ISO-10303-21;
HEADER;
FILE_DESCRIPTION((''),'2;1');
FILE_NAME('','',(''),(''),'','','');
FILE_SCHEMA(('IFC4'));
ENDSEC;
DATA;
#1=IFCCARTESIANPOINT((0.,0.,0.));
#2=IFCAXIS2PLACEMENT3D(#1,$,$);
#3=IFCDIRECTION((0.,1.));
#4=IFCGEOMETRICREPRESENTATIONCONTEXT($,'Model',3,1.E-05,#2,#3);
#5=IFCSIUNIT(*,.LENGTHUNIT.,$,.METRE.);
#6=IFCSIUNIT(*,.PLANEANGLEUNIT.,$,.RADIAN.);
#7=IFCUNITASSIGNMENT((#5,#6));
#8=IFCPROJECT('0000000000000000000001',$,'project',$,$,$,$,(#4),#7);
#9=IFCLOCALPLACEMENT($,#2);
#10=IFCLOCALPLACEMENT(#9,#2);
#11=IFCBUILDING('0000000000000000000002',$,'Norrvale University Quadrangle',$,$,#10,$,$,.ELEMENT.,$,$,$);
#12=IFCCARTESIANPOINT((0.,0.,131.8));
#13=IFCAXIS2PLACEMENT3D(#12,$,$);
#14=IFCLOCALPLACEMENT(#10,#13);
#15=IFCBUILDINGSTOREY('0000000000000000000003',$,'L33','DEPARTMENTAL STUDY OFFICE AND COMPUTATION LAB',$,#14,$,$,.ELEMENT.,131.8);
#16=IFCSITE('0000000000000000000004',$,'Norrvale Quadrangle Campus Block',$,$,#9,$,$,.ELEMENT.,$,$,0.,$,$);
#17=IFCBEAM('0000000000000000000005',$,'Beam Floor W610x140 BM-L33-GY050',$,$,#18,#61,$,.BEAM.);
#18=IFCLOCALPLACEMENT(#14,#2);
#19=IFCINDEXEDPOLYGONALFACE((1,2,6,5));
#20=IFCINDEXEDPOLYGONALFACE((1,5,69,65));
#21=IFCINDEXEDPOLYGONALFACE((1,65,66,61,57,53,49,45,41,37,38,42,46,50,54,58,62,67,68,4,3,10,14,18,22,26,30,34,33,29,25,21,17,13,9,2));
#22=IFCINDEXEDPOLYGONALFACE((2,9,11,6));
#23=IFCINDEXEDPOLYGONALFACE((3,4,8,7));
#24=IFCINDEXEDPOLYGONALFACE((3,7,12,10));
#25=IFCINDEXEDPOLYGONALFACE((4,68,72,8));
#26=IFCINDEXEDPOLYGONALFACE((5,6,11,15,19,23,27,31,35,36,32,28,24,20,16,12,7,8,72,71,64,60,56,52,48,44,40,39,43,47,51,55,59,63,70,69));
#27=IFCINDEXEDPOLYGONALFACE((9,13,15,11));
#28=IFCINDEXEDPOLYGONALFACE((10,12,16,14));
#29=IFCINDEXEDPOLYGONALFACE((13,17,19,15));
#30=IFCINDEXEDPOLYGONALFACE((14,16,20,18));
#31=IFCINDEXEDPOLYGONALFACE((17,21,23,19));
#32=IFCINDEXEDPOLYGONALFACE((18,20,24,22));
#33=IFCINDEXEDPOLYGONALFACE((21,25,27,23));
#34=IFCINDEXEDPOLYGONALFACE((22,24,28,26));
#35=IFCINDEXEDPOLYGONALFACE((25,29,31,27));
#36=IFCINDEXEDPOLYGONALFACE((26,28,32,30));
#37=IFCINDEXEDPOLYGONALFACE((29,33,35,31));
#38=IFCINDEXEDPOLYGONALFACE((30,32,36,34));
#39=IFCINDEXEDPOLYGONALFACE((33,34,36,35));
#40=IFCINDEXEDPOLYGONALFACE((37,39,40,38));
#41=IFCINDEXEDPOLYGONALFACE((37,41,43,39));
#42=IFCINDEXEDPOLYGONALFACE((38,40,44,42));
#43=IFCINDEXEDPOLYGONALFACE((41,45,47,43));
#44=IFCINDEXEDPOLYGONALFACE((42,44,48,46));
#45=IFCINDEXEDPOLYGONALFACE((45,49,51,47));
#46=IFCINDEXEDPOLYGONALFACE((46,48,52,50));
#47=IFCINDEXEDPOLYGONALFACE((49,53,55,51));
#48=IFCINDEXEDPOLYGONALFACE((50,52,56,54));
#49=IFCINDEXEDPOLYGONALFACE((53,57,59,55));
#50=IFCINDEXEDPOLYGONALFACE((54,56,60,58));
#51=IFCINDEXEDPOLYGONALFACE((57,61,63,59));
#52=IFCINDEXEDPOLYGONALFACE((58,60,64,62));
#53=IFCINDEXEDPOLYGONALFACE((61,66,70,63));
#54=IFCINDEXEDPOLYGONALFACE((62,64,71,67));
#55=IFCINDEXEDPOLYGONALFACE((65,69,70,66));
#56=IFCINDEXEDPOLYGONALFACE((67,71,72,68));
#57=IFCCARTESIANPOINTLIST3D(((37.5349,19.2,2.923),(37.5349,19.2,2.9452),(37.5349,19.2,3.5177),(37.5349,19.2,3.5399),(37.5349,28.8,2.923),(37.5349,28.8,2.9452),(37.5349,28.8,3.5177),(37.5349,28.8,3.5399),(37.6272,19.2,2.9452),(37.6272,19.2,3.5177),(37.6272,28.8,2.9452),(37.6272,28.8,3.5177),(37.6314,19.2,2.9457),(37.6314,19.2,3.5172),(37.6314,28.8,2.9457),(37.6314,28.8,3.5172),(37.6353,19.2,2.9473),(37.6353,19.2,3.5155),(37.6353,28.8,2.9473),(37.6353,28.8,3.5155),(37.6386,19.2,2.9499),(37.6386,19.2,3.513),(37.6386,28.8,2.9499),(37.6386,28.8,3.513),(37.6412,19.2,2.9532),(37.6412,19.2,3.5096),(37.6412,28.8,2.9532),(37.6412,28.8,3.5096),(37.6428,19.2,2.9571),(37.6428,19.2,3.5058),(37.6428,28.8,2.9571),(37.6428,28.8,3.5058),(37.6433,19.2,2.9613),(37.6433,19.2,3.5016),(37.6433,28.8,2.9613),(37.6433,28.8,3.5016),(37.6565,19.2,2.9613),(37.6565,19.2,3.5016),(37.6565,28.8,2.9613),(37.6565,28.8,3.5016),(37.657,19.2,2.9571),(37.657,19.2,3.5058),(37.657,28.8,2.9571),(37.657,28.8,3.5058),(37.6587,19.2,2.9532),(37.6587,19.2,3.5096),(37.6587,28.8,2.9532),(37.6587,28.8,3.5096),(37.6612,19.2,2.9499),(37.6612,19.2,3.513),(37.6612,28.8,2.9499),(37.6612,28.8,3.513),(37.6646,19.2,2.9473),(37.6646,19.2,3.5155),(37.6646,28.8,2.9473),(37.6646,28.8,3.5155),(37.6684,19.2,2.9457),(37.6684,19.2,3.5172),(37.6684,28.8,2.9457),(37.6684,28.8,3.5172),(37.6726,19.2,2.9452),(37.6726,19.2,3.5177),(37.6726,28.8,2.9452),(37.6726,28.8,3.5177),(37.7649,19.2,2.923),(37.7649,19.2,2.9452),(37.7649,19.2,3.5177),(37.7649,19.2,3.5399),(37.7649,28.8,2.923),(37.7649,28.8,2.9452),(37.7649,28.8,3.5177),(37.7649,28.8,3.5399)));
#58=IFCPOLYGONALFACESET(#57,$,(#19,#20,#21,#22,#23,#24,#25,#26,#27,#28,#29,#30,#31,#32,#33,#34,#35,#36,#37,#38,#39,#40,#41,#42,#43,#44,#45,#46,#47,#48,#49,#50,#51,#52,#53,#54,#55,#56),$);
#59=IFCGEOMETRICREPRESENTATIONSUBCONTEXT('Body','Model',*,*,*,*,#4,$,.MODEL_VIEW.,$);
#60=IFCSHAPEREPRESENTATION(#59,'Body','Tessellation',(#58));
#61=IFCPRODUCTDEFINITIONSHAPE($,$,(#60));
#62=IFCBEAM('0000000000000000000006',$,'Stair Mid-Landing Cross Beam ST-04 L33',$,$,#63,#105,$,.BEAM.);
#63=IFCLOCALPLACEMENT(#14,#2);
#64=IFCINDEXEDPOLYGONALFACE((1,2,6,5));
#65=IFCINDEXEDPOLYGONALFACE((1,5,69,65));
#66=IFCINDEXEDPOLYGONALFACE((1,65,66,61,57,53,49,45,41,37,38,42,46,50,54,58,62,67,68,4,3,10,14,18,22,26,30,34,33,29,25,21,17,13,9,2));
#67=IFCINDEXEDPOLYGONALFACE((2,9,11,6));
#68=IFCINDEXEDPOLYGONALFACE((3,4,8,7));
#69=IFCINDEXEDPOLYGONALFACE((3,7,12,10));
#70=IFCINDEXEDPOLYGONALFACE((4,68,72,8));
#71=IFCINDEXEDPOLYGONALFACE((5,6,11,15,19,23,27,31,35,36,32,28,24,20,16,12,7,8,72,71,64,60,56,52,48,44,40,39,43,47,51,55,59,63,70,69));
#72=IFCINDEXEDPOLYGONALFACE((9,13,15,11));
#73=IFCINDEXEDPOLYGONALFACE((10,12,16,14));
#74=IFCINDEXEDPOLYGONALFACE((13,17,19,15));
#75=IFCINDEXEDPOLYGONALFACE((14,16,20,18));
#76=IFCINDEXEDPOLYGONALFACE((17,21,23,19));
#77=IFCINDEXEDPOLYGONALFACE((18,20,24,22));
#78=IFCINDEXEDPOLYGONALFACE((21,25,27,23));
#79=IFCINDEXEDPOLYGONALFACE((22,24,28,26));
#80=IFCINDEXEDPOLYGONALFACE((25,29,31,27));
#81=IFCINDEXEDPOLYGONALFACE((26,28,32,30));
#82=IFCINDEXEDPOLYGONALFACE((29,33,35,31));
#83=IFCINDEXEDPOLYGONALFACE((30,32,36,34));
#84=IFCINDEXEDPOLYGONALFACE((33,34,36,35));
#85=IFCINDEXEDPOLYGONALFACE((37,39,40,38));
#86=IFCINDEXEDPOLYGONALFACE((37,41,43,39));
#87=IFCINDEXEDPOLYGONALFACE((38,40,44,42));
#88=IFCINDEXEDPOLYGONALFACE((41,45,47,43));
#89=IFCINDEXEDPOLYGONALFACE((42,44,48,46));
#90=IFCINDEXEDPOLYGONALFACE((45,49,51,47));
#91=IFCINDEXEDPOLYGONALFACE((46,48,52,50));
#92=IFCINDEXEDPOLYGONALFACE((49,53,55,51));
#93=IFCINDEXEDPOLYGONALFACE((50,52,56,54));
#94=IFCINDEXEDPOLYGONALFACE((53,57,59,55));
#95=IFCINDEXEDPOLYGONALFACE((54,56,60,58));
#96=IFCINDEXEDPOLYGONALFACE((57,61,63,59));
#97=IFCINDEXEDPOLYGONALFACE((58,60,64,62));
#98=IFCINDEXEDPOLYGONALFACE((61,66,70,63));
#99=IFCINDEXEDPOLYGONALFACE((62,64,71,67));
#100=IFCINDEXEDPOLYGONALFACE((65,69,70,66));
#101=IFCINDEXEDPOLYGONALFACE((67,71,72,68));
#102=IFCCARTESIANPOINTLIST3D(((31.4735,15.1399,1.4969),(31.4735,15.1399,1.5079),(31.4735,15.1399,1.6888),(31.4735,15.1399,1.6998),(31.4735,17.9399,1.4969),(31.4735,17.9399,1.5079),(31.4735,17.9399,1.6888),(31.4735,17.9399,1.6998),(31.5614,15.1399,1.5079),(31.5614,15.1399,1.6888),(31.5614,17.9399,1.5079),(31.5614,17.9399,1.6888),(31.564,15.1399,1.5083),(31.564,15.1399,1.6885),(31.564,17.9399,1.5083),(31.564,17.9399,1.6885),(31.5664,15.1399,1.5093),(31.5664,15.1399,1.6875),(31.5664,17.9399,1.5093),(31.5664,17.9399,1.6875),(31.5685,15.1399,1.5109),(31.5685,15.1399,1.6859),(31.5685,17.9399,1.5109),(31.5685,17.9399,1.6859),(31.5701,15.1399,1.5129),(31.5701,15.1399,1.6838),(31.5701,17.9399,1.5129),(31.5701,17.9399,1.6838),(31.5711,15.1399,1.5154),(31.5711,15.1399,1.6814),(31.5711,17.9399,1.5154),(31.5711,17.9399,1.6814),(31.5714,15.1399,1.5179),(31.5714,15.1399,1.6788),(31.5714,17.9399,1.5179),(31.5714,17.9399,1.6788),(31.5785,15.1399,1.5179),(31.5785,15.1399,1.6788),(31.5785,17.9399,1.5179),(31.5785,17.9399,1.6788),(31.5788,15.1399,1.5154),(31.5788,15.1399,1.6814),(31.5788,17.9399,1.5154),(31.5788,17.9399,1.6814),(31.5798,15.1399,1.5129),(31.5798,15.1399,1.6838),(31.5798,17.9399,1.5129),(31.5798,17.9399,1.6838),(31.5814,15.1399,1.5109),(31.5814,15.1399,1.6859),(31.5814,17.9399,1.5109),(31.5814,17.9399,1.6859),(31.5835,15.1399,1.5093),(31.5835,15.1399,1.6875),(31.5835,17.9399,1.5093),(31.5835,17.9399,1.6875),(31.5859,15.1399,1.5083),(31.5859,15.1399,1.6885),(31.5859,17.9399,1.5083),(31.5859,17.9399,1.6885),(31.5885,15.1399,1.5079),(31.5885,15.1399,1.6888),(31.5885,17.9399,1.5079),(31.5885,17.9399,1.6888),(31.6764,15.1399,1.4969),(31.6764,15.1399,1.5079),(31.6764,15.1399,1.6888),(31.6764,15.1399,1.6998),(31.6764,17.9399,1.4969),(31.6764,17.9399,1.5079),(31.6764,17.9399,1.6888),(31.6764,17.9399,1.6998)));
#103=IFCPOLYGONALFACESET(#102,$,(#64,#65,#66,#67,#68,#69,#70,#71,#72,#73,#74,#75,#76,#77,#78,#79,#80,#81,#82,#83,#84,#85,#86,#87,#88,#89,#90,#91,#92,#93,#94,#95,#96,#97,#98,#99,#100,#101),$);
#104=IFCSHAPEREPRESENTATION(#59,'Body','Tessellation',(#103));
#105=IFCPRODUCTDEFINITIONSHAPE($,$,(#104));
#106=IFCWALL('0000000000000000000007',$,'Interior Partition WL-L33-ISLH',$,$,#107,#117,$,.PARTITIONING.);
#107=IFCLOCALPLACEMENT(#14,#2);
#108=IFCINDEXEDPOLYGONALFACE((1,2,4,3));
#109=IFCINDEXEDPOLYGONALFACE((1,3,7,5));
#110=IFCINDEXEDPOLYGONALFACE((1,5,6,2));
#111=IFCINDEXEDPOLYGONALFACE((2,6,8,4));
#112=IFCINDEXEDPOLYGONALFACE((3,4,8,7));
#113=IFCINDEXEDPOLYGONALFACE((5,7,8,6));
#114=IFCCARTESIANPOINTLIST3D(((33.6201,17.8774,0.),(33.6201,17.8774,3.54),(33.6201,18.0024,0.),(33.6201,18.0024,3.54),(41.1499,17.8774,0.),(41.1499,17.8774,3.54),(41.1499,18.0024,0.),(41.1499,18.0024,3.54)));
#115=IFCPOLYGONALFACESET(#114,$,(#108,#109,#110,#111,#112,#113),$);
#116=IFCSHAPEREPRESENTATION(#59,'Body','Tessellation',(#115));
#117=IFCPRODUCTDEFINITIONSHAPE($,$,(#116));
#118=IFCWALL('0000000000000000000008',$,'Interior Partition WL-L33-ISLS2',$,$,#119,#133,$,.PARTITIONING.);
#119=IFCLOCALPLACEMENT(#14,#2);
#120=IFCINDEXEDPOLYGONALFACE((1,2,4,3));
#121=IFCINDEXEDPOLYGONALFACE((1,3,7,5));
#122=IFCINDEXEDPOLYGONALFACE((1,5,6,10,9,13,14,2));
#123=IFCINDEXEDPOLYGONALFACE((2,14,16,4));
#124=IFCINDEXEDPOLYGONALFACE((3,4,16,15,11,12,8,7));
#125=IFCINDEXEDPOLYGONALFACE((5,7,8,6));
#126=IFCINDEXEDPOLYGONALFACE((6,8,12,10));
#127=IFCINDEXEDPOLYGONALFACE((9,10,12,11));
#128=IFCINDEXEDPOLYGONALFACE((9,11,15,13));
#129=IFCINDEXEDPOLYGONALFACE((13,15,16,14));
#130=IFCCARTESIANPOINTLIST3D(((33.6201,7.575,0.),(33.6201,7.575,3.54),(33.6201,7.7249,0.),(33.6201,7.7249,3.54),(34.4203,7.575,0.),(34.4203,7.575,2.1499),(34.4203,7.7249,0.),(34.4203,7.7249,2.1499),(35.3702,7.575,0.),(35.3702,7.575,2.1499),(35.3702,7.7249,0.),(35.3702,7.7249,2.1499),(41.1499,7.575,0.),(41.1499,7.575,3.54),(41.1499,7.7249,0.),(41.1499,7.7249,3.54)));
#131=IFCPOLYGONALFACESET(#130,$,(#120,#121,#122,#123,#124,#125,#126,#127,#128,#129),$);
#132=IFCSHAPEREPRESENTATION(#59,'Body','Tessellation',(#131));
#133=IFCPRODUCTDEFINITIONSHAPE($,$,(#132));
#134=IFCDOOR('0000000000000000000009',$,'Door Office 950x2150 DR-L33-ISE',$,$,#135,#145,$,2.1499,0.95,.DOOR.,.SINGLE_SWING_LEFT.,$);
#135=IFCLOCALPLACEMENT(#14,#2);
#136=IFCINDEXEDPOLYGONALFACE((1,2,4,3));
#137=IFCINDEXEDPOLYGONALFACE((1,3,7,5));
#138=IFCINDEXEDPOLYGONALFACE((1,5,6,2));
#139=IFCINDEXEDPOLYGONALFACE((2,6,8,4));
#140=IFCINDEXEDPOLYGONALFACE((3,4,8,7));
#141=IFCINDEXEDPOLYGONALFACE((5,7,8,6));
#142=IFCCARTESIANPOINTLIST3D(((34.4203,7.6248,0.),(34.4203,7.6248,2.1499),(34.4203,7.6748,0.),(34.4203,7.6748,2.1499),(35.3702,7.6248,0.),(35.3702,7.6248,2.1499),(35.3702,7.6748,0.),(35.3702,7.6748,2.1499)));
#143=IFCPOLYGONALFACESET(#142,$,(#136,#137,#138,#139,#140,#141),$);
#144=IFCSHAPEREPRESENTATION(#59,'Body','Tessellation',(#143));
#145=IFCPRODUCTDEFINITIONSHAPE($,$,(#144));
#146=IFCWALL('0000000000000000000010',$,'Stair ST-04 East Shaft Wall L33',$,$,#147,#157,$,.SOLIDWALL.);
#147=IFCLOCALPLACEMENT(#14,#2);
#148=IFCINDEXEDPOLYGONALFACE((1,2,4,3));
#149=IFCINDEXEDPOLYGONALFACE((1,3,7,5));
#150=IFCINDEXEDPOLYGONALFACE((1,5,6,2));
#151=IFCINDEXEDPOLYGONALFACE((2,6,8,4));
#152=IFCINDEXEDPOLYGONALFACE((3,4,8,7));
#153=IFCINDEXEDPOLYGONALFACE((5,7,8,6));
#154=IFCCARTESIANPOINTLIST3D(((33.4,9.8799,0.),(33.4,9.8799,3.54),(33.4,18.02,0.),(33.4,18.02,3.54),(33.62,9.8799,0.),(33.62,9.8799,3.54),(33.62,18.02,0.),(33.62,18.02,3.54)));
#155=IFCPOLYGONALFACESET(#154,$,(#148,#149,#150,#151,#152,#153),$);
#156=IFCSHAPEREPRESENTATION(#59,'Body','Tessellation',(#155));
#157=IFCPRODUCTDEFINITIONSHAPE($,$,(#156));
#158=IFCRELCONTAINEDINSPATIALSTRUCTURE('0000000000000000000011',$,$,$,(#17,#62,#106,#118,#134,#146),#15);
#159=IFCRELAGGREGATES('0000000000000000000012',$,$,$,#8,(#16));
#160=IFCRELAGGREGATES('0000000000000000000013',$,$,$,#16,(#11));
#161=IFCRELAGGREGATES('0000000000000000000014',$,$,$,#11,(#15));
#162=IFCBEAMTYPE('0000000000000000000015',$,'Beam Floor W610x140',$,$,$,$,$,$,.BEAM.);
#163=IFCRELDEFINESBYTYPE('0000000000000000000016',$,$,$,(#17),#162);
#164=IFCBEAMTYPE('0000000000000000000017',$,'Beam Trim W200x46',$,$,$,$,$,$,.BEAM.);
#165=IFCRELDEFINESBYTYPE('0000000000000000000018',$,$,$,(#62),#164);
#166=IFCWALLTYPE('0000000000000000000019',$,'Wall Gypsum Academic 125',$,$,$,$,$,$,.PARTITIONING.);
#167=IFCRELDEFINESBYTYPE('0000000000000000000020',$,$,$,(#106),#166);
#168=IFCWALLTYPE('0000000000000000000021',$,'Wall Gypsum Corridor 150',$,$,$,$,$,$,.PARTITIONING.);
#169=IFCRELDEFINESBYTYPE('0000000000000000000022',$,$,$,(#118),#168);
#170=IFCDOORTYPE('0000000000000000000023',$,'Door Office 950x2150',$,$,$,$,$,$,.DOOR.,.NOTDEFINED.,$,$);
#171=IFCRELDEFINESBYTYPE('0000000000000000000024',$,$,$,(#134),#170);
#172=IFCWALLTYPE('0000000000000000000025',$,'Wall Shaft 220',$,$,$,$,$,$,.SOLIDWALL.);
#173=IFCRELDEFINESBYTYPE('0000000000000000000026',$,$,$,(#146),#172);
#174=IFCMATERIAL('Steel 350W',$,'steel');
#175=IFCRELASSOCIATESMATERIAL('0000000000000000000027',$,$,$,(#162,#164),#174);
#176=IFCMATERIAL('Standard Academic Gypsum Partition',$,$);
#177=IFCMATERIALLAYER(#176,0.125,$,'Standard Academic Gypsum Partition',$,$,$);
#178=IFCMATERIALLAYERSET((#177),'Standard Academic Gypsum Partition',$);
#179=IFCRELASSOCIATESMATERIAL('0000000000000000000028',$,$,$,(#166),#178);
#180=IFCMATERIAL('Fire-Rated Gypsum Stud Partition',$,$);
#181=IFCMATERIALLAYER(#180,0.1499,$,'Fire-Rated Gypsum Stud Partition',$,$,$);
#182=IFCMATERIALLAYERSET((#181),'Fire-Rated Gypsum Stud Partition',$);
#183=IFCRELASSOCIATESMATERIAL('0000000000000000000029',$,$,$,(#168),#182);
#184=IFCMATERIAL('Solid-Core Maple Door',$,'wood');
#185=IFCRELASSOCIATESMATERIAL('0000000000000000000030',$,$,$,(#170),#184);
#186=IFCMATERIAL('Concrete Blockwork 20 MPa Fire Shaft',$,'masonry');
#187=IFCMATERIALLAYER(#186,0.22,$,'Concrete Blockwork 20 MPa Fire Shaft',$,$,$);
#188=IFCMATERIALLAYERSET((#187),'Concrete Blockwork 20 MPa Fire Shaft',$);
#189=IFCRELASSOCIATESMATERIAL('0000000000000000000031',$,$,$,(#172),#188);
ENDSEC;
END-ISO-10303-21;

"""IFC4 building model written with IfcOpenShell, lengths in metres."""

from ifc_helpers import new_model, si_unit, direction, frame, frame_2d, origin, origin_2d, place, context, subcontext, project, spatial, rectangle, i_section, extrude, material, layer, layer_set, material_profile, profile_set, type_object, element, fill, save


model = new_model("IFC4")

# Units and contexts
model_context = context("Model", 3, precision=1e-05, world=origin(), true_north=direction((0.0, 1.0)))
body_context = subcontext(model_context, "Body", "Model", "MODEL_VIEW")
ifc_project = project(units=[si_unit("LENGTHUNIT", "METRE"), si_unit("PLANEANGLEUNIT", "RADIAN")], contexts=[model_context])

# Site, building, storey
site_placement = place(None, origin())
site = spatial("IfcSite", under=ifc_project, at=site_placement, Name="Norrvale Quadrangle Campus Block", CompositionType="ELEMENT", RefElevation=0.0)
building_placement = place(site_placement, origin())
building = spatial("IfcBuilding", under=site, at=building_placement, Name="Norrvale University Quadrangle", CompositionType="ELEMENT")
storey_placement = place(building_placement, frame((0.0, 0.0, 131.8)))
storey = spatial("IfcBuildingStorey", under=building, at=storey_placement, Name="L33", Description="DEPARTMENTAL STUDY OFFICE AND COMPUTATION LAB", CompositionType="ELEMENT", Elevation=131.8)

# Beams
ifc_material_1 = material(Name="Steel 350W", Category="steel")
ifc_material_profile_1 = material_profile(ifc_material_1, i_section(OverallWidth=0.23, OverallDepth=0.6169, WebThickness=0.0132, FlangeThickness=0.0222, FilletRadius=0.0161, at=origin_2d()), Name="Steel 350W")
ifc_profile_set_1 = profile_set([ifc_material_profile_1], Name="Steel 350W")
beam_type_1 = type_object("IfcBeamType", Name="Beam Floor W610x140", PredefinedType="BEAM", material=ifc_profile_set_1)
beam_1_placement = place(storey_placement, frame((37.6499, 19.2, 3.2314), z_axis=(0.0, 1.0, 0.0), x_axis=(-1.0, 0.0, 0.0)))
element("IfcBeam", 1, at=beam_1_placement, inside=storey, type_object=beam_type_1, Name="Beam Floor W610x140 BM-L33-GY050", PredefinedType="BEAM", context=body_context, shape_type="SweptSolid", body=[
    extrude(i_section(OverallWidth=0.23, OverallDepth=0.6169, WebThickness=0.0132, FlangeThickness=0.0222, FilletRadius=0.0161, at=origin_2d()), origin(), (0.0, 0.0, 1.0), 9.6001),
])
ifc_material_profile_2 = material_profile(ifc_material_1, i_section(OverallWidth=0.2029, OverallDepth=0.2029, WebThickness=0.0071, FlangeThickness=0.011, FilletRadius=0.01, at=origin_2d()), Name="Steel 350W")
ifc_profile_set_2 = profile_set([ifc_material_profile_2], Name="Steel 350W")
beam_type_2 = type_object("IfcBeamType", Name="Beam Trim W200x46", PredefinedType="BEAM", material=ifc_profile_set_2)
beam_2_placement = place(storey_placement, frame((31.575, 15.1399, 1.5984), z_axis=(0.0, 1.0, 0.0), x_axis=(-1.0, 0.0, 0.0)))
element("IfcBeam", 2, at=beam_2_placement, inside=storey, type_object=beam_type_2, Name="Stair Mid-Landing Cross Beam ST-04 L33", PredefinedType="BEAM", context=body_context, shape_type="SweptSolid", body=[
    extrude(i_section(OverallWidth=0.2029, OverallDepth=0.2029, WebThickness=0.0071, FlangeThickness=0.011, FilletRadius=0.01, at=origin_2d()), origin(), (0.0, 0.0, 1.0), 2.8),
])

# Wall
ifc_material_2 = material(Name="Standard Academic Gypsum Partition")
ifc_layer_1 = layer(ifc_material_2, 0.125, Name="Standard Academic Gypsum Partition")
ifc_layer_set_1 = layer_set([ifc_layer_1], Name="Standard Academic Gypsum Partition")
wall_type_1 = type_object("IfcWallType", Name="Wall Gypsum Academic 125", PredefinedType="PARTITIONING", material=ifc_layer_set_1)
wall_1_placement = place(storey_placement, frame((33.6201, 17.9399, 0.0), z_axis=(0.0, 0.0, 1.0), x_axis=(1.0, 0.0, 0.0)))
element("IfcWall", 3, at=wall_1_placement, inside=storey, type_object=wall_type_1, Name="Interior Partition WL-L33-ISLH", PredefinedType="PARTITIONING", context=body_context, shape_type="SweptSolid", body=[
    extrude(rectangle(XDim=7.5298, YDim=0.125, at=frame_2d((3.7649, 0.0))), origin(), (0.0, 0.0, 1.0), 3.54),
])

# Wall, opening, door
ifc_material_3 = material(Name="Fire-Rated Gypsum Stud Partition")
ifc_layer_2 = layer(ifc_material_3, 0.1499, Name="Fire-Rated Gypsum Stud Partition")
ifc_layer_set_2 = layer_set([ifc_layer_2], Name="Fire-Rated Gypsum Stud Partition")
wall_type_2 = type_object("IfcWallType", Name="Wall Gypsum Corridor 150", PredefinedType="PARTITIONING", material=ifc_layer_set_2)
wall_2_placement = place(storey_placement, frame((33.6201, 7.6499, 0.0), z_axis=(0.0, 0.0, 1.0), x_axis=(1.0, 0.0, 0.0)))
wall_2 = element("IfcWall", 4, at=wall_2_placement, inside=storey, type_object=wall_type_2, Name="Interior Partition WL-L33-ISLS2", PredefinedType="PARTITIONING", context=body_context, shape_type="SweptSolid", body=[
    extrude(rectangle(XDim=7.5298, YDim=0.1499, at=frame_2d((3.7649, 0.0))), origin(), (0.0, 0.0, 1.0), 3.54),
])
opening_placement = place(wall_2_placement, frame((0.8, 0.0, 0.0)))
opening = element("IfcOpeningElement", 5, at=opening_placement, cuts=wall_2, PredefinedType="OPENING", context=body_context, shape_type="SweptSolid", body=[
    extrude(rectangle(XDim=0.95, YDim=2.1499, at=frame_2d((0.4751, 1.075))), frame((0.0, 0.0869, 0.0), z_axis=(0.0, -1.0, 0.0), x_axis=(1.0, 0.0, 0.0)), (0.0, 0.0, 1.0), 0.1738),
])
ifc_material_4 = material(Name="Solid-Core Maple Door", Category="wood")
door_type = type_object("IfcDoorType", Name="Door Office 950x2150", OperationType="NOTDEFINED", PredefinedType="DOOR", material=ifc_material_4)
door_placement = place(opening_placement, origin())
door = element("IfcDoor", 6, at=door_placement, inside=storey, type_object=door_type, Name="Door Office 950x2150 DR-L33-ISE", OperationType="SINGLE_SWING_LEFT", OverallHeight=2.1499, OverallWidth=0.95, PredefinedType="DOOR", context=body_context, shape_type="SweptSolid", body=[
    extrude(rectangle(XDim=0.95, YDim=2.1499, at=frame_2d((0.4751, 1.075))), frame((0.0, 0.0249, 0.0), z_axis=(0.0, -1.0, 0.0), x_axis=(1.0, 0.0, 0.0)), (0.0, 0.0, 1.0), 0.05),
])
fill(opening, door)

# Wall
ifc_material_5 = material(Name="Concrete Blockwork 20 MPa Fire Shaft", Category="masonry")
ifc_layer_3 = layer(ifc_material_5, 0.22, Name="Concrete Blockwork 20 MPa Fire Shaft")
ifc_layer_set_3 = layer_set([ifc_layer_3], Name="Concrete Blockwork 20 MPa Fire Shaft")
wall_type_3 = type_object("IfcWallType", Name="Wall Shaft 220", PredefinedType="SOLIDWALL", material=ifc_layer_set_3)
wall_3_placement = place(storey_placement, frame((33.51, 9.8799, 0.0), z_axis=(0.0, 0.0, 1.0), x_axis=(0.0, 1.0, 0.0)))
element("IfcWall", 7, at=wall_3_placement, inside=storey, type_object=wall_type_3, Name="Stair ST-04 East Shaft Wall L33", PredefinedType="SOLIDWALL", context=body_context, shape_type="SweptSolid", body=[
    extrude(rectangle(XDim=8.1401, YDim=0.22, at=frame_2d((4.0701, 0.0))), origin(), (0.0, 0.0, 1.0), 3.54),
])

save(model, "model.ifc")
